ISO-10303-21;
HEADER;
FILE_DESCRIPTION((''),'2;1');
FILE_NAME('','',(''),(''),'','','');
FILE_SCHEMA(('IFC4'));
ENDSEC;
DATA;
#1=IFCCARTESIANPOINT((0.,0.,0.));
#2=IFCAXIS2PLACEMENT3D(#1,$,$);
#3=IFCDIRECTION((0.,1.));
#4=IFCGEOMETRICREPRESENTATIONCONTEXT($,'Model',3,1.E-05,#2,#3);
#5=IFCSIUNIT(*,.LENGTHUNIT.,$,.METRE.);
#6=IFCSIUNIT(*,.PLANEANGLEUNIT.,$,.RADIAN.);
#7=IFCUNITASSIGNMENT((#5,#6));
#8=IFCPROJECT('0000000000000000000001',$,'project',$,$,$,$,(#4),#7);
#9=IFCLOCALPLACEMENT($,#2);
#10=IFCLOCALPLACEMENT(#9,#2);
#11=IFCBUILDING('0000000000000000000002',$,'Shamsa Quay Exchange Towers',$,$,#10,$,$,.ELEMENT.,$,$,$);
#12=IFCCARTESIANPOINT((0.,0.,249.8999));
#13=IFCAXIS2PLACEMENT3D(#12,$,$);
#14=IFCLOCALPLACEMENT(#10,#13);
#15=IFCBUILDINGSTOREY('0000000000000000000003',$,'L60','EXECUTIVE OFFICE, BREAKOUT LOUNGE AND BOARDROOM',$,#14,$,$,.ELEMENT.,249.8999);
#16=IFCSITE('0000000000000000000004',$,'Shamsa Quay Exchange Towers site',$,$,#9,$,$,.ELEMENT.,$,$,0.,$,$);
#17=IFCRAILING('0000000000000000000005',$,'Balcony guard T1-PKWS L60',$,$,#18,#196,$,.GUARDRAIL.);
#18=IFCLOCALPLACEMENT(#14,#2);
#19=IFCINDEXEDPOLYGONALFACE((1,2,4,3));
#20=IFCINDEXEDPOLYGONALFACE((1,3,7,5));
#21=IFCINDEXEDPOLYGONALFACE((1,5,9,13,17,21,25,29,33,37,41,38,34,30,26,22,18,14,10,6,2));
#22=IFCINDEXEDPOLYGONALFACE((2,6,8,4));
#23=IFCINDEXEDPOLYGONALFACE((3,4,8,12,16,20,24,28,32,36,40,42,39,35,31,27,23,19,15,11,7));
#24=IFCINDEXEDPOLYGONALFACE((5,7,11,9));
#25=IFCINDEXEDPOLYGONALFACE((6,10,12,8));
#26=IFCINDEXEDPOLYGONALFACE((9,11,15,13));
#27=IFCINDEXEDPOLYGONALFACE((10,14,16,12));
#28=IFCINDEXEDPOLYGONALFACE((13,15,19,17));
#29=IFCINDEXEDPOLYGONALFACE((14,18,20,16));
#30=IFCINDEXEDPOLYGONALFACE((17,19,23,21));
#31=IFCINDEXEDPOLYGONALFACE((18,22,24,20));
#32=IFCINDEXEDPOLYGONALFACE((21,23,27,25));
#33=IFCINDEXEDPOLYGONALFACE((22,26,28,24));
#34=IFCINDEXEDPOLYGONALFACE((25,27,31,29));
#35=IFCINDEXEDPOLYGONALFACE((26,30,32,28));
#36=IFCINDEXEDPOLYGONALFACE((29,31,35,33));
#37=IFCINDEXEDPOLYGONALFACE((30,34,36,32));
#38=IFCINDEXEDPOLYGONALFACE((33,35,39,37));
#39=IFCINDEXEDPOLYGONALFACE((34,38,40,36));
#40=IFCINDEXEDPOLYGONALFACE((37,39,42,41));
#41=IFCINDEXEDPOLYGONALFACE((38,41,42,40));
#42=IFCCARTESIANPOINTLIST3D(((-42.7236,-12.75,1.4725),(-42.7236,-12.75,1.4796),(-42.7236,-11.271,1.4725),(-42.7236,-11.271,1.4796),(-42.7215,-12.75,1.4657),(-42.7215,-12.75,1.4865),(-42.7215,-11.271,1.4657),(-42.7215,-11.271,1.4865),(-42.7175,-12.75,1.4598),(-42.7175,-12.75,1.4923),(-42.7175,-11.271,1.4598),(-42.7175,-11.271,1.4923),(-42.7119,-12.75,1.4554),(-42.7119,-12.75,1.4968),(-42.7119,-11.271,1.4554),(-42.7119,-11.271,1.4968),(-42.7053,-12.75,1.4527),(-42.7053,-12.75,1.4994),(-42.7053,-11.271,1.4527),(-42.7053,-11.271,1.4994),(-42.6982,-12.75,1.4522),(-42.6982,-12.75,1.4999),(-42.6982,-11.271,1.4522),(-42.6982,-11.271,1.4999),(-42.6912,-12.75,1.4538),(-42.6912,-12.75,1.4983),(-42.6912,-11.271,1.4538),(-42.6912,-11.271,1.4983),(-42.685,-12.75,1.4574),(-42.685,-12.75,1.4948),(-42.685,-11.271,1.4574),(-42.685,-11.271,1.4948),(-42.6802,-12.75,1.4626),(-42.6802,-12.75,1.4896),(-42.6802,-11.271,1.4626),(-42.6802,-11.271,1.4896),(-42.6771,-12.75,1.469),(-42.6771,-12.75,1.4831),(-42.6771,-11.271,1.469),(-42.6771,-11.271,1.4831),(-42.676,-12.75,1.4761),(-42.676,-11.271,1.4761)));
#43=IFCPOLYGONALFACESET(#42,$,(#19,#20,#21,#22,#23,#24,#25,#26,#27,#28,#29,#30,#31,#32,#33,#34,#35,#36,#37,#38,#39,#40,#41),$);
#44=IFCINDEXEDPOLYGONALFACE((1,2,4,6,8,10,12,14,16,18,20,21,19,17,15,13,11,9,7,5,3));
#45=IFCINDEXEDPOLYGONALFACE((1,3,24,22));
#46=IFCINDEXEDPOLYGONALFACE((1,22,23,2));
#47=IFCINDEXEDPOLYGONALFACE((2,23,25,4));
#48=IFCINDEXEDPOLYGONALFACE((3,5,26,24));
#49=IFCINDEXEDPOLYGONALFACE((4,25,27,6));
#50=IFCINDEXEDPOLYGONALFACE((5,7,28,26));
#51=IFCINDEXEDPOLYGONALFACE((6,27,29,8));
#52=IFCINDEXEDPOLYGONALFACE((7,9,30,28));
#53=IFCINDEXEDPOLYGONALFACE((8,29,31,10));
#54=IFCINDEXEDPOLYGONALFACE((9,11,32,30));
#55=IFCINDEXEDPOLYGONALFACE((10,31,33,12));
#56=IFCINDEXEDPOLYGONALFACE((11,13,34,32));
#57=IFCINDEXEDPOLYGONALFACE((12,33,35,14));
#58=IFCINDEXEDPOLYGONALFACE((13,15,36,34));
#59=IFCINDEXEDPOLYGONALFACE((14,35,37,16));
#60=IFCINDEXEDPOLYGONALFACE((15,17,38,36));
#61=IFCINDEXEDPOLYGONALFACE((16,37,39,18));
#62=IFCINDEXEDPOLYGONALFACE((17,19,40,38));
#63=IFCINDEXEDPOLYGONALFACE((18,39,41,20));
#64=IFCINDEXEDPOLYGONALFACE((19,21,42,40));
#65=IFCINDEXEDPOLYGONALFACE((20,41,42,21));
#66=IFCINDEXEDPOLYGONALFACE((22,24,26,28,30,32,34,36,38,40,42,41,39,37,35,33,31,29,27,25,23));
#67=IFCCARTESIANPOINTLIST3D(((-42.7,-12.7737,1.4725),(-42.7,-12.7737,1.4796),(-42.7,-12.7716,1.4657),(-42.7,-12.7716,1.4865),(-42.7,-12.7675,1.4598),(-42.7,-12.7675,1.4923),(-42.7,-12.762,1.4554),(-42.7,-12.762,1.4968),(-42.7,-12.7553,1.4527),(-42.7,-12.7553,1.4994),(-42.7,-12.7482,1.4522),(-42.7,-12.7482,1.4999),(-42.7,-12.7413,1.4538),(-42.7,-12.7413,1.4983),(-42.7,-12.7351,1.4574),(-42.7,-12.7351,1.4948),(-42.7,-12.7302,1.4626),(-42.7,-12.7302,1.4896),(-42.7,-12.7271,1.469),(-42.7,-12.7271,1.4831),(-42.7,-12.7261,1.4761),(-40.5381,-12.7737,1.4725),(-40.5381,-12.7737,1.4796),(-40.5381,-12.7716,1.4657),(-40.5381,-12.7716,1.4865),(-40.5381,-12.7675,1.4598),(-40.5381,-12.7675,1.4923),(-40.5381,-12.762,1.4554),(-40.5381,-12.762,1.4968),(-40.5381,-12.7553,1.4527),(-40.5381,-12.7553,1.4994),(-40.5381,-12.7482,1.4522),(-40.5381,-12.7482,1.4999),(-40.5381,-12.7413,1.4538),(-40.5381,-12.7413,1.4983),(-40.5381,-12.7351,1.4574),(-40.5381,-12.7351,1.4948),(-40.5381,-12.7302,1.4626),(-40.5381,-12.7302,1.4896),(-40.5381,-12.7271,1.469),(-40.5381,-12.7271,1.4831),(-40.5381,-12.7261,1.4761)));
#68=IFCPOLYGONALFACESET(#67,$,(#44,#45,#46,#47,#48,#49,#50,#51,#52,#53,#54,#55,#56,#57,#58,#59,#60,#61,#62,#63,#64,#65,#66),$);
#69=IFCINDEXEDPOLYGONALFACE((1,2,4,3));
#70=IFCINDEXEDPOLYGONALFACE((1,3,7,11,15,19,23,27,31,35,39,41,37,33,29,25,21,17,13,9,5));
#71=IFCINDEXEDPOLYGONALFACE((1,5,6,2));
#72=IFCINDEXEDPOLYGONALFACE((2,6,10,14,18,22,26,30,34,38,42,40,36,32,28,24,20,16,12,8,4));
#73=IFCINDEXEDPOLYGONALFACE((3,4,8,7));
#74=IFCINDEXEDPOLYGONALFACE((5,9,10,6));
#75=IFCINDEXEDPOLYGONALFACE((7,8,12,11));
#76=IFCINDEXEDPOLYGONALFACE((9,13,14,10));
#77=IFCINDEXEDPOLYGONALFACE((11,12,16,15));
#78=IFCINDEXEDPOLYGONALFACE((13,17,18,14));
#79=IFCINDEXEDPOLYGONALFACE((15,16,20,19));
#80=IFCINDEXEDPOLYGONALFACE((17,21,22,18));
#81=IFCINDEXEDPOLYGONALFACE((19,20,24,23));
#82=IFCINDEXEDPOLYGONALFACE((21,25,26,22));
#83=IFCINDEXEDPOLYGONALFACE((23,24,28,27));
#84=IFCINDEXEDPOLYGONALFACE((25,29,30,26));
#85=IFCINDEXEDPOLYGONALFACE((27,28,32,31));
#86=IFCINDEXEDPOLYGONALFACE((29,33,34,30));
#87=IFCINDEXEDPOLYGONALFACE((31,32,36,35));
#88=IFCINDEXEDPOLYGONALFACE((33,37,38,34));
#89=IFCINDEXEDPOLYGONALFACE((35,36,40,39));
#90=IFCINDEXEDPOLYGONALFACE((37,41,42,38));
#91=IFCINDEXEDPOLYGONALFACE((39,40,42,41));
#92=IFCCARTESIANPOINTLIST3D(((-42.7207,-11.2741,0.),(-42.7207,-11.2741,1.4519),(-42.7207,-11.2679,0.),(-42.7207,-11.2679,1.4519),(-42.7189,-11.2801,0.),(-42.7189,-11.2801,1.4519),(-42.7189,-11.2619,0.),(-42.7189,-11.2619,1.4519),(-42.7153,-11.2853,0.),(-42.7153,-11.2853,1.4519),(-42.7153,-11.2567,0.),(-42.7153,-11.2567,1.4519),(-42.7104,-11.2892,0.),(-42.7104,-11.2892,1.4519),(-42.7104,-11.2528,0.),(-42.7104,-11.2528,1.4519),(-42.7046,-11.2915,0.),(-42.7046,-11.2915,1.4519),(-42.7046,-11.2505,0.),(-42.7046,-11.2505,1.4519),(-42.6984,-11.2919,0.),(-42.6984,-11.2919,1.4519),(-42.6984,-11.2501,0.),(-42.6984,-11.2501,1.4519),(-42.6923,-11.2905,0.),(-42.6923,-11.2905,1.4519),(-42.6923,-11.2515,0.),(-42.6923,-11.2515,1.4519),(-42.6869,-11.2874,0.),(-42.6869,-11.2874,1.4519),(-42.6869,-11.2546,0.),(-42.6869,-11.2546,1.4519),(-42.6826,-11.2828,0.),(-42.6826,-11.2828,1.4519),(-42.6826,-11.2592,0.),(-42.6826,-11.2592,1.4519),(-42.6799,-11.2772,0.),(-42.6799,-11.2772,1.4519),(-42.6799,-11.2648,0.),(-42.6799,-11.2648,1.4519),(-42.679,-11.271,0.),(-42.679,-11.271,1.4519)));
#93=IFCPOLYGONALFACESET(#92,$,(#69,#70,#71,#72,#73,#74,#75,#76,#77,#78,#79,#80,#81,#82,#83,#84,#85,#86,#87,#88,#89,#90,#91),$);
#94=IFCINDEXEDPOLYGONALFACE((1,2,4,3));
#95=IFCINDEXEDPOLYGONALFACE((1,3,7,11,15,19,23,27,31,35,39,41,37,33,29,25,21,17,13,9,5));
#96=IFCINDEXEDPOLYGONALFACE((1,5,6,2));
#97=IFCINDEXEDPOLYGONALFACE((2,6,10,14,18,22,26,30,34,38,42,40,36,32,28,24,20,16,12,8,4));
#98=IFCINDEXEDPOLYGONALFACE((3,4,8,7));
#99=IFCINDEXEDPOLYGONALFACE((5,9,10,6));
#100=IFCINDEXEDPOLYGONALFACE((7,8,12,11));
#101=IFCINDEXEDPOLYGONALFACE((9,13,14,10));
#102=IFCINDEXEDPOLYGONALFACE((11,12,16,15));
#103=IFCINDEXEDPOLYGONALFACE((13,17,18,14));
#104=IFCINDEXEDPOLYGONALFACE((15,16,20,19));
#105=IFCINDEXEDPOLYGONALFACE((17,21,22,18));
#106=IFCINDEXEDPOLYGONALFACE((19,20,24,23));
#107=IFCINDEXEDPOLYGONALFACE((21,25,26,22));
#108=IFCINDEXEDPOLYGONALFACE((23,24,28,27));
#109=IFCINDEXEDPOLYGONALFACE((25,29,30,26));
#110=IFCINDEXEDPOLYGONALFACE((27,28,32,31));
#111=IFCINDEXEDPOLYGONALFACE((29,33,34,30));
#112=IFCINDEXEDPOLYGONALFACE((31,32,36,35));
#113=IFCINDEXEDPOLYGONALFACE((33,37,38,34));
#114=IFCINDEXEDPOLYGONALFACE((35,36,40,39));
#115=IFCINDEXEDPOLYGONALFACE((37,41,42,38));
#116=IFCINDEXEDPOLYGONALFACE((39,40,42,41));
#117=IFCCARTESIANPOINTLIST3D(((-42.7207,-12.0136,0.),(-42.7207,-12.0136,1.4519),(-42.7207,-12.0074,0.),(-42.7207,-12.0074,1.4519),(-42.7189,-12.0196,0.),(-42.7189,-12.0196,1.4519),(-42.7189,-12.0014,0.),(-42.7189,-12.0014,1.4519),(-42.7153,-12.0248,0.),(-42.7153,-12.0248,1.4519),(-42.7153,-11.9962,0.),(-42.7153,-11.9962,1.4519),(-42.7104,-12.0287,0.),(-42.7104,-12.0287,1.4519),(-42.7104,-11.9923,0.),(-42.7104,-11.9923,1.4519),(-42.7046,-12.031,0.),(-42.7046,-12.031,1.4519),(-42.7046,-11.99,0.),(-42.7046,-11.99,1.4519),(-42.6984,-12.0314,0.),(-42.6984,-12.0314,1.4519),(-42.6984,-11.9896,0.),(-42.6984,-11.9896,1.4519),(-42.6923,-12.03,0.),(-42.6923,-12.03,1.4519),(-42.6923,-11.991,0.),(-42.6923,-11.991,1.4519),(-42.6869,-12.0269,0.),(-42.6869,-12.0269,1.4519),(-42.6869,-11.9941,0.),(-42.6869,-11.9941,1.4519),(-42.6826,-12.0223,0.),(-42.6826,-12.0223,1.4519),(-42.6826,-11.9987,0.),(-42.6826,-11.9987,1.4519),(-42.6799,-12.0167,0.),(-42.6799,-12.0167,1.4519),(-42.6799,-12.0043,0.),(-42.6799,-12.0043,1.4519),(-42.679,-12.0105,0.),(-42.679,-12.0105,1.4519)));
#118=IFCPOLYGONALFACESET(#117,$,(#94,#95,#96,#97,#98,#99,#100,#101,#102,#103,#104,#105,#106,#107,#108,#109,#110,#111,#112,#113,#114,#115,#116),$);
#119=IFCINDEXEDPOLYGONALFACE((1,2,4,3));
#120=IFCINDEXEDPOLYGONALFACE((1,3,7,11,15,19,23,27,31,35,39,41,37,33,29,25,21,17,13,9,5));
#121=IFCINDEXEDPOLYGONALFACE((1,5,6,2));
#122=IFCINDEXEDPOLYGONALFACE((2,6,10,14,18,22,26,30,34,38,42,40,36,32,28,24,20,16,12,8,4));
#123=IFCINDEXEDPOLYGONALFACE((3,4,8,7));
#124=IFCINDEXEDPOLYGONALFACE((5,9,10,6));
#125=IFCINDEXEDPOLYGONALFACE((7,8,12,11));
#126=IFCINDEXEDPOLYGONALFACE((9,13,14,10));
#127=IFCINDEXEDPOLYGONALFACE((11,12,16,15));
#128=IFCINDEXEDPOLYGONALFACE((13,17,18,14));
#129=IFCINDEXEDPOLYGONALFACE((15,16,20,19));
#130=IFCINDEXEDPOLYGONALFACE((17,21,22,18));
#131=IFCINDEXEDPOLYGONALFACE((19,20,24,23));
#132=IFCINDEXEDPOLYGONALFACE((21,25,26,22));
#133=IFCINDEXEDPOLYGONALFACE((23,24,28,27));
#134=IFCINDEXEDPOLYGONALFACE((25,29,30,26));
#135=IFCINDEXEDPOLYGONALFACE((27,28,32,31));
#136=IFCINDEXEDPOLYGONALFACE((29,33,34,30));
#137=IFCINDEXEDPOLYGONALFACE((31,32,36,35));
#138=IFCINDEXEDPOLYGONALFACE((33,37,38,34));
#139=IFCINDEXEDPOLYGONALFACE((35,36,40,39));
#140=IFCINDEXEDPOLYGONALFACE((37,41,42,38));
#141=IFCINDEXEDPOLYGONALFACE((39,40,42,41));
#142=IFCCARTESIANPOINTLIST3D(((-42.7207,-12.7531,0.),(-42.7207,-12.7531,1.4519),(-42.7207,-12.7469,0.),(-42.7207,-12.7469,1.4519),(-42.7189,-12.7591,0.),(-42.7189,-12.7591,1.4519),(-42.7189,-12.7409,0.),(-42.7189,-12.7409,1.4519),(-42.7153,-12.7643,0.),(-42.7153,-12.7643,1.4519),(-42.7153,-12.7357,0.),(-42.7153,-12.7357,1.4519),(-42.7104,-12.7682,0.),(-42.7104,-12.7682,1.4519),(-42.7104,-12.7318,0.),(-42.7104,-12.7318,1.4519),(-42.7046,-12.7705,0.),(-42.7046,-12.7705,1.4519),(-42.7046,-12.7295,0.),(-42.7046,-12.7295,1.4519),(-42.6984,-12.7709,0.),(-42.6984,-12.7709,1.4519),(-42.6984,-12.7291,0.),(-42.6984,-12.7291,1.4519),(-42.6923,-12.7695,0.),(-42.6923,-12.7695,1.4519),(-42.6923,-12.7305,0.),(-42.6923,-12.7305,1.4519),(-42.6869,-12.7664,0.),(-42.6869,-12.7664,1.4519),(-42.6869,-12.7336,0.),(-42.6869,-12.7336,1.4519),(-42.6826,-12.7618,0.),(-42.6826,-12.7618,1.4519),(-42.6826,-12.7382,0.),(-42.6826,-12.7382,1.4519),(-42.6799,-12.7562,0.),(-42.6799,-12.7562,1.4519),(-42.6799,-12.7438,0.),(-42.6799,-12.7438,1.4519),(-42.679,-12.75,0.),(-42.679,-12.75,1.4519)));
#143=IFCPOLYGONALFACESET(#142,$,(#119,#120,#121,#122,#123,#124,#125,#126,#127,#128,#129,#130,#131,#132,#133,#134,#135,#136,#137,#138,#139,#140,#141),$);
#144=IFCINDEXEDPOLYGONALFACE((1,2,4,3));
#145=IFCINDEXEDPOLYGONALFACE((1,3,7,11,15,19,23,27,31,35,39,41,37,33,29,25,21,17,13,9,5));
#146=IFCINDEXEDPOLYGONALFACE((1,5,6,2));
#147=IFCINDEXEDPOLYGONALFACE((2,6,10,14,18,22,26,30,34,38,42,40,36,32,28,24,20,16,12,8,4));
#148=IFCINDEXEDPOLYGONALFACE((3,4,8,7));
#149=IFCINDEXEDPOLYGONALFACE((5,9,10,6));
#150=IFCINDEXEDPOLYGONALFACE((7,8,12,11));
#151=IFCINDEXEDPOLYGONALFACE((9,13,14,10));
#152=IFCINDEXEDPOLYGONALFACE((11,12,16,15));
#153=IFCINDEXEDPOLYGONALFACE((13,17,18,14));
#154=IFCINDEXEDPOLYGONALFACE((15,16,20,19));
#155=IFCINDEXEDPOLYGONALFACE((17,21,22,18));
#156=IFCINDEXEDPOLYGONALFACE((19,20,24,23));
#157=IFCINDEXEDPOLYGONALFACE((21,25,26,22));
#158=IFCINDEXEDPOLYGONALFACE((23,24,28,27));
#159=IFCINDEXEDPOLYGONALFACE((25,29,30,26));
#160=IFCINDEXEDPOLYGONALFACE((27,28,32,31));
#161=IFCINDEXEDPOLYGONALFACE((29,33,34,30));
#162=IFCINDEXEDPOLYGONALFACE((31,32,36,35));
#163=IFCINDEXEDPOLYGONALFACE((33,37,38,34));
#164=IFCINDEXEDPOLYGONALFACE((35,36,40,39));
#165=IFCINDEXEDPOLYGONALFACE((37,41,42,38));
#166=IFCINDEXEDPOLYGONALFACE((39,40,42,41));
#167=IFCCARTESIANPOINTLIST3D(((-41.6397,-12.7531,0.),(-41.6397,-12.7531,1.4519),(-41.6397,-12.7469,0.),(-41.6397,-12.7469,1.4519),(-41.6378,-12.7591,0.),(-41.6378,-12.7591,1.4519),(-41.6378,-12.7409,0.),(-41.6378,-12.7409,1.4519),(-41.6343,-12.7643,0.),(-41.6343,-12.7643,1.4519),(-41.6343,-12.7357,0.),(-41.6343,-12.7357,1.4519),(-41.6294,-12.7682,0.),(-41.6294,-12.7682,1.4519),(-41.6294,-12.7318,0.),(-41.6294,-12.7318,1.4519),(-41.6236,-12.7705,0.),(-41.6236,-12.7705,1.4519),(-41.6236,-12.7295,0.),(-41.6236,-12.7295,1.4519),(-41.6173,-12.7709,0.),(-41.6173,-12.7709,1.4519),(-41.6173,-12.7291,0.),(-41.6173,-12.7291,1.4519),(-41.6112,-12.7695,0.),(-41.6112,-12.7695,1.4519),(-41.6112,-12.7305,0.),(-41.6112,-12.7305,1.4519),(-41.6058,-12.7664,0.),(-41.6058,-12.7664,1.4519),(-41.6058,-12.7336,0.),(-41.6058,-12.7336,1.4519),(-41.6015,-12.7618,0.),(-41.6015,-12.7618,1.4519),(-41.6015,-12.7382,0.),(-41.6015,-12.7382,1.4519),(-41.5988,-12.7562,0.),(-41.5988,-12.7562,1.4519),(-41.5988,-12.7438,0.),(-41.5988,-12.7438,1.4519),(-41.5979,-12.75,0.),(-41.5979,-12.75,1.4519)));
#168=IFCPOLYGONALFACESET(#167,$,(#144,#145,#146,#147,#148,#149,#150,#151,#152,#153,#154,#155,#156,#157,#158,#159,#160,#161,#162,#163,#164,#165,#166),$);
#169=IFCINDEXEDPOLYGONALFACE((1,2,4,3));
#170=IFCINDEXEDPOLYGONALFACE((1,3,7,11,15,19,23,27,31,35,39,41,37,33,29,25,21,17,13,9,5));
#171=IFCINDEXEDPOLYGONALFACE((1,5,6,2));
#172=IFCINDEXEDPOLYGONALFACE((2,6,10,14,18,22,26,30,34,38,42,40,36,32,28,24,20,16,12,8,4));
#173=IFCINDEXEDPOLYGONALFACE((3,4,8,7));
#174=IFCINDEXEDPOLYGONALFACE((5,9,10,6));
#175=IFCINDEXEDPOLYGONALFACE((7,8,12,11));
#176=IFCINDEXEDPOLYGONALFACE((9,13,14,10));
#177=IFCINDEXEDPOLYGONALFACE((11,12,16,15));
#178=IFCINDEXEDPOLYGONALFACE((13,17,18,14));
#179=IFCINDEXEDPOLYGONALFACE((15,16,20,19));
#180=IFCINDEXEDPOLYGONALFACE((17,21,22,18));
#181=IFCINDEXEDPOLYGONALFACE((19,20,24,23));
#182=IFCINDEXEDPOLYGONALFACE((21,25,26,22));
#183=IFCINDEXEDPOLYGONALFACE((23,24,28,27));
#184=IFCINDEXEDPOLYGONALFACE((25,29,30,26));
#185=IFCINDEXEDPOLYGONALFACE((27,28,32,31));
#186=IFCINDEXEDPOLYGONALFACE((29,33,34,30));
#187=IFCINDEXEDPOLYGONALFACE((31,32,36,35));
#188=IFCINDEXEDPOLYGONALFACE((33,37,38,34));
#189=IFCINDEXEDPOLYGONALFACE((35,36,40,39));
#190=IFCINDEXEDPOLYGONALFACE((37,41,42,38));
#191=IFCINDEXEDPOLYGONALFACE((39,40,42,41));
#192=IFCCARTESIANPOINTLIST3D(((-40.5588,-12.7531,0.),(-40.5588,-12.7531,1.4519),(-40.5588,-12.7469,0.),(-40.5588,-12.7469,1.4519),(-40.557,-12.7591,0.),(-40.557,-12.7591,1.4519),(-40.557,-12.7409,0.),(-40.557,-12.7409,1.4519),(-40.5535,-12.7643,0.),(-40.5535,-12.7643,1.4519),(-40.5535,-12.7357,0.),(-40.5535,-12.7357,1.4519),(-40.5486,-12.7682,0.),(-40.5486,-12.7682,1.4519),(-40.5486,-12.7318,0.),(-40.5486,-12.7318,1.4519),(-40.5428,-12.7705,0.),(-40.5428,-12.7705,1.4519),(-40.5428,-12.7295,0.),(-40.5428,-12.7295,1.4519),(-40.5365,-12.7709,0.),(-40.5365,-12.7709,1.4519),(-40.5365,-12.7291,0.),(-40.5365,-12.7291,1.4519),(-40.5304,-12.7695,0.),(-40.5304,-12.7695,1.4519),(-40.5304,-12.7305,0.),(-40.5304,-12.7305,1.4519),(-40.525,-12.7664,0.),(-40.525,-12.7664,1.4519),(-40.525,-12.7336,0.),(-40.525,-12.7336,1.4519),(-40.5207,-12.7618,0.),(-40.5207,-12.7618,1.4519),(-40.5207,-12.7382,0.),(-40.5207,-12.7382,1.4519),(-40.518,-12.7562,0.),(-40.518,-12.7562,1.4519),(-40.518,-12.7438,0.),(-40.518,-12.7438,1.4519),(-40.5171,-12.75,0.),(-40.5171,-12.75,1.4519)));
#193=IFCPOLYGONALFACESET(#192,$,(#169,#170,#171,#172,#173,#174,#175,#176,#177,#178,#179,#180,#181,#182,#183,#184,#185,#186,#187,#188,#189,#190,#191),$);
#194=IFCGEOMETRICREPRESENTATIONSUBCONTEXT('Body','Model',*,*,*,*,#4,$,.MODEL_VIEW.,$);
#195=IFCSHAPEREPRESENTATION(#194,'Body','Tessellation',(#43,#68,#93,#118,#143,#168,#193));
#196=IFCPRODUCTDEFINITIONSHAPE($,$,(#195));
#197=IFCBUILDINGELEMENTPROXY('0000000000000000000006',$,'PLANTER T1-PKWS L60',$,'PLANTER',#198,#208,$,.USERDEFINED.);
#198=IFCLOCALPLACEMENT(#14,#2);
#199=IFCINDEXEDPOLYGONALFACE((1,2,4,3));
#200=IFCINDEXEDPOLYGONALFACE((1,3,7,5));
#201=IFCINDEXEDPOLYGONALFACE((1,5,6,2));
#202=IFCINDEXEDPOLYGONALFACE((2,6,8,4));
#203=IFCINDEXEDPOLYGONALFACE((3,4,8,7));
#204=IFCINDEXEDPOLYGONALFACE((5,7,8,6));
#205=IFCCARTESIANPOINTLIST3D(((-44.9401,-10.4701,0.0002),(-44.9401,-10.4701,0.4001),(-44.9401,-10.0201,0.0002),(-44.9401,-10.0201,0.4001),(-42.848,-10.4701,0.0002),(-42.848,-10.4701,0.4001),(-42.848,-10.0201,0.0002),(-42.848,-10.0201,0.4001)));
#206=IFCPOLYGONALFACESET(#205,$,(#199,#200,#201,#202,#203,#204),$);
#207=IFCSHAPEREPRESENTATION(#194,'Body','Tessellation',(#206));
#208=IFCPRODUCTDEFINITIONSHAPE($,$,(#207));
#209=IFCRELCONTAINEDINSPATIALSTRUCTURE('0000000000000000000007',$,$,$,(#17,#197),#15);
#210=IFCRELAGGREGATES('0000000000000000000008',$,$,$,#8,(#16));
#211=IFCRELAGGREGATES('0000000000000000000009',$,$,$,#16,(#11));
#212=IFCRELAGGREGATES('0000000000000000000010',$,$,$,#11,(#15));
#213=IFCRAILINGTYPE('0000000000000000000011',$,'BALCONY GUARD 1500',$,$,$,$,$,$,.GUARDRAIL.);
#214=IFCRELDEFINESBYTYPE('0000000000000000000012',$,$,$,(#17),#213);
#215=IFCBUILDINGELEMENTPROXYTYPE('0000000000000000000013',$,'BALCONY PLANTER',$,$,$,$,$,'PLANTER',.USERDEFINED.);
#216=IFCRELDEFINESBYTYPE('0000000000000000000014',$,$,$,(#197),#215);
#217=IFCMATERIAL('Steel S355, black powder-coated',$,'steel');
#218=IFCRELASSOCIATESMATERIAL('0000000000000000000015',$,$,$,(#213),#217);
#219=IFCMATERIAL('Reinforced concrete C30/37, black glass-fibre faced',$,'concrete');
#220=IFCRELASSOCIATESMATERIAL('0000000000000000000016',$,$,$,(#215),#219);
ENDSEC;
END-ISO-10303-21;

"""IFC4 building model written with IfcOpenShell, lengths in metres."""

from ifc_helpers import new_model, si_unit, direction, frame, origin, origin_2d, place, context, subcontext, project, spatial, rectangle, circle, extrude, material, type_object, element, save


model = new_model("IFC4")

# Units and contexts
model_context = context("Model", 3, precision=1e-05, world=origin(), true_north=direction((0.0, 1.0)))
body_context = subcontext(model_context, "Body", "Model", "MODEL_VIEW")
ifc_project = project(units=[si_unit("LENGTHUNIT", "METRE"), si_unit("PLANEANGLEUNIT", "RADIAN")], contexts=[model_context])

# Site, building, storey
site_placement = place(None, origin())
site = spatial("IfcSite", under=ifc_project, at=site_placement, Name="Shamsa Quay Exchange Towers site", CompositionType="ELEMENT", RefElevation=0.0)
building_placement = place(site_placement, origin())
building = spatial("IfcBuilding", under=site, at=building_placement, Name="Shamsa Quay Exchange Towers", CompositionType="ELEMENT")
storey_placement = place(building_placement, frame((0.0, 0.0, 249.8999)))
storey = spatial("IfcBuildingStorey", under=building, at=storey_placement, Name="L60", Description="EXECUTIVE OFFICE, BREAKOUT LOUNGE AND BOARDROOM", CompositionType="ELEMENT", Elevation=249.8999)

# Railing
ifc_material_1 = material(Name="Steel S355, black powder-coated", Category="steel")
railing_type_1 = type_object("IfcRailingType", Name="BALCONY GUARD 1500", PredefinedType="GUARDRAIL", material=ifc_material_1)
for number, where, name in (
    (1, (-42.7, -11.271, 0.0), "Balcony guard T1-PKWS L60"),
):
    element("IfcRailing", number, at=place(storey_placement, frame(where)), inside=storey, type_object=railing_type_1, Name=name, PredefinedType="GUARDRAIL", context=body_context, shape_type="SweptSolid", body=[
        extrude(circle(Radius=0.0239, at=origin_2d()), frame((0.0, 0.0, 1.4761), z_axis=(0.0, -1.0, 0.0), x_axis=(1.0, 0.0, 0.0)), (0.0, 0.0, 1.0), 1.479),
        extrude(circle(Radius=0.0239, at=origin_2d()), frame((0.0, -1.479, 1.4761), z_axis=(1.0, 0.0, 0.0), x_axis=(0.0, 1.0, 0.0)), (0.0, 0.0, 1.0), 2.1619),
        extrude(circle(Radius=0.021, at=origin_2d()), origin(), (0.0, 0.0, 1.0), 1.4519),
        extrude(circle(Radius=0.021, at=origin_2d()), frame((0.0, -0.7395, 0.0)), (0.0, 0.0, 1.0), 1.4519),
        extrude(circle(Radius=0.021, at=origin_2d()), frame((0.0, -1.479, 0.0)), (0.0, 0.0, 1.0), 1.4519),
        extrude(circle(Radius=0.021, at=origin_2d()), frame((1.0811, -1.479, 0.0)), (0.0, 0.0, 1.0), 1.4519),
        extrude(circle(Radius=0.021, at=origin_2d()), frame((2.1619, -1.479, 0.0)), (0.0, 0.0, 1.0), 1.4519),
    ])

# Building element proxy
ifc_material_2 = material(Name="Reinforced concrete C30/37, black glass-fibre faced", Category="concrete")
building_element_proxy_type = type_object("IfcBuildingElementProxyType", Name="BALCONY PLANTER", ElementType="PLANTER", PredefinedType="USERDEFINED", material=ifc_material_2)
proxy_placement = place(storey_placement, frame((-43.894, -10.2451, 0.0002)))
element("IfcBuildingElementProxy", 2, at=proxy_placement, inside=storey, type_object=building_element_proxy_type, Name="PLANTER T1-PKWS L60", ObjectType="PLANTER", PredefinedType="USERDEFINED", context=body_context, shape_type="SweptSolid", body=[
    extrude(rectangle(XDim=2.092, YDim=0.45, at=origin_2d()), origin(), (0.0, 0.0, 1.0), 0.3999),
])

save(model, "model.ifc")
